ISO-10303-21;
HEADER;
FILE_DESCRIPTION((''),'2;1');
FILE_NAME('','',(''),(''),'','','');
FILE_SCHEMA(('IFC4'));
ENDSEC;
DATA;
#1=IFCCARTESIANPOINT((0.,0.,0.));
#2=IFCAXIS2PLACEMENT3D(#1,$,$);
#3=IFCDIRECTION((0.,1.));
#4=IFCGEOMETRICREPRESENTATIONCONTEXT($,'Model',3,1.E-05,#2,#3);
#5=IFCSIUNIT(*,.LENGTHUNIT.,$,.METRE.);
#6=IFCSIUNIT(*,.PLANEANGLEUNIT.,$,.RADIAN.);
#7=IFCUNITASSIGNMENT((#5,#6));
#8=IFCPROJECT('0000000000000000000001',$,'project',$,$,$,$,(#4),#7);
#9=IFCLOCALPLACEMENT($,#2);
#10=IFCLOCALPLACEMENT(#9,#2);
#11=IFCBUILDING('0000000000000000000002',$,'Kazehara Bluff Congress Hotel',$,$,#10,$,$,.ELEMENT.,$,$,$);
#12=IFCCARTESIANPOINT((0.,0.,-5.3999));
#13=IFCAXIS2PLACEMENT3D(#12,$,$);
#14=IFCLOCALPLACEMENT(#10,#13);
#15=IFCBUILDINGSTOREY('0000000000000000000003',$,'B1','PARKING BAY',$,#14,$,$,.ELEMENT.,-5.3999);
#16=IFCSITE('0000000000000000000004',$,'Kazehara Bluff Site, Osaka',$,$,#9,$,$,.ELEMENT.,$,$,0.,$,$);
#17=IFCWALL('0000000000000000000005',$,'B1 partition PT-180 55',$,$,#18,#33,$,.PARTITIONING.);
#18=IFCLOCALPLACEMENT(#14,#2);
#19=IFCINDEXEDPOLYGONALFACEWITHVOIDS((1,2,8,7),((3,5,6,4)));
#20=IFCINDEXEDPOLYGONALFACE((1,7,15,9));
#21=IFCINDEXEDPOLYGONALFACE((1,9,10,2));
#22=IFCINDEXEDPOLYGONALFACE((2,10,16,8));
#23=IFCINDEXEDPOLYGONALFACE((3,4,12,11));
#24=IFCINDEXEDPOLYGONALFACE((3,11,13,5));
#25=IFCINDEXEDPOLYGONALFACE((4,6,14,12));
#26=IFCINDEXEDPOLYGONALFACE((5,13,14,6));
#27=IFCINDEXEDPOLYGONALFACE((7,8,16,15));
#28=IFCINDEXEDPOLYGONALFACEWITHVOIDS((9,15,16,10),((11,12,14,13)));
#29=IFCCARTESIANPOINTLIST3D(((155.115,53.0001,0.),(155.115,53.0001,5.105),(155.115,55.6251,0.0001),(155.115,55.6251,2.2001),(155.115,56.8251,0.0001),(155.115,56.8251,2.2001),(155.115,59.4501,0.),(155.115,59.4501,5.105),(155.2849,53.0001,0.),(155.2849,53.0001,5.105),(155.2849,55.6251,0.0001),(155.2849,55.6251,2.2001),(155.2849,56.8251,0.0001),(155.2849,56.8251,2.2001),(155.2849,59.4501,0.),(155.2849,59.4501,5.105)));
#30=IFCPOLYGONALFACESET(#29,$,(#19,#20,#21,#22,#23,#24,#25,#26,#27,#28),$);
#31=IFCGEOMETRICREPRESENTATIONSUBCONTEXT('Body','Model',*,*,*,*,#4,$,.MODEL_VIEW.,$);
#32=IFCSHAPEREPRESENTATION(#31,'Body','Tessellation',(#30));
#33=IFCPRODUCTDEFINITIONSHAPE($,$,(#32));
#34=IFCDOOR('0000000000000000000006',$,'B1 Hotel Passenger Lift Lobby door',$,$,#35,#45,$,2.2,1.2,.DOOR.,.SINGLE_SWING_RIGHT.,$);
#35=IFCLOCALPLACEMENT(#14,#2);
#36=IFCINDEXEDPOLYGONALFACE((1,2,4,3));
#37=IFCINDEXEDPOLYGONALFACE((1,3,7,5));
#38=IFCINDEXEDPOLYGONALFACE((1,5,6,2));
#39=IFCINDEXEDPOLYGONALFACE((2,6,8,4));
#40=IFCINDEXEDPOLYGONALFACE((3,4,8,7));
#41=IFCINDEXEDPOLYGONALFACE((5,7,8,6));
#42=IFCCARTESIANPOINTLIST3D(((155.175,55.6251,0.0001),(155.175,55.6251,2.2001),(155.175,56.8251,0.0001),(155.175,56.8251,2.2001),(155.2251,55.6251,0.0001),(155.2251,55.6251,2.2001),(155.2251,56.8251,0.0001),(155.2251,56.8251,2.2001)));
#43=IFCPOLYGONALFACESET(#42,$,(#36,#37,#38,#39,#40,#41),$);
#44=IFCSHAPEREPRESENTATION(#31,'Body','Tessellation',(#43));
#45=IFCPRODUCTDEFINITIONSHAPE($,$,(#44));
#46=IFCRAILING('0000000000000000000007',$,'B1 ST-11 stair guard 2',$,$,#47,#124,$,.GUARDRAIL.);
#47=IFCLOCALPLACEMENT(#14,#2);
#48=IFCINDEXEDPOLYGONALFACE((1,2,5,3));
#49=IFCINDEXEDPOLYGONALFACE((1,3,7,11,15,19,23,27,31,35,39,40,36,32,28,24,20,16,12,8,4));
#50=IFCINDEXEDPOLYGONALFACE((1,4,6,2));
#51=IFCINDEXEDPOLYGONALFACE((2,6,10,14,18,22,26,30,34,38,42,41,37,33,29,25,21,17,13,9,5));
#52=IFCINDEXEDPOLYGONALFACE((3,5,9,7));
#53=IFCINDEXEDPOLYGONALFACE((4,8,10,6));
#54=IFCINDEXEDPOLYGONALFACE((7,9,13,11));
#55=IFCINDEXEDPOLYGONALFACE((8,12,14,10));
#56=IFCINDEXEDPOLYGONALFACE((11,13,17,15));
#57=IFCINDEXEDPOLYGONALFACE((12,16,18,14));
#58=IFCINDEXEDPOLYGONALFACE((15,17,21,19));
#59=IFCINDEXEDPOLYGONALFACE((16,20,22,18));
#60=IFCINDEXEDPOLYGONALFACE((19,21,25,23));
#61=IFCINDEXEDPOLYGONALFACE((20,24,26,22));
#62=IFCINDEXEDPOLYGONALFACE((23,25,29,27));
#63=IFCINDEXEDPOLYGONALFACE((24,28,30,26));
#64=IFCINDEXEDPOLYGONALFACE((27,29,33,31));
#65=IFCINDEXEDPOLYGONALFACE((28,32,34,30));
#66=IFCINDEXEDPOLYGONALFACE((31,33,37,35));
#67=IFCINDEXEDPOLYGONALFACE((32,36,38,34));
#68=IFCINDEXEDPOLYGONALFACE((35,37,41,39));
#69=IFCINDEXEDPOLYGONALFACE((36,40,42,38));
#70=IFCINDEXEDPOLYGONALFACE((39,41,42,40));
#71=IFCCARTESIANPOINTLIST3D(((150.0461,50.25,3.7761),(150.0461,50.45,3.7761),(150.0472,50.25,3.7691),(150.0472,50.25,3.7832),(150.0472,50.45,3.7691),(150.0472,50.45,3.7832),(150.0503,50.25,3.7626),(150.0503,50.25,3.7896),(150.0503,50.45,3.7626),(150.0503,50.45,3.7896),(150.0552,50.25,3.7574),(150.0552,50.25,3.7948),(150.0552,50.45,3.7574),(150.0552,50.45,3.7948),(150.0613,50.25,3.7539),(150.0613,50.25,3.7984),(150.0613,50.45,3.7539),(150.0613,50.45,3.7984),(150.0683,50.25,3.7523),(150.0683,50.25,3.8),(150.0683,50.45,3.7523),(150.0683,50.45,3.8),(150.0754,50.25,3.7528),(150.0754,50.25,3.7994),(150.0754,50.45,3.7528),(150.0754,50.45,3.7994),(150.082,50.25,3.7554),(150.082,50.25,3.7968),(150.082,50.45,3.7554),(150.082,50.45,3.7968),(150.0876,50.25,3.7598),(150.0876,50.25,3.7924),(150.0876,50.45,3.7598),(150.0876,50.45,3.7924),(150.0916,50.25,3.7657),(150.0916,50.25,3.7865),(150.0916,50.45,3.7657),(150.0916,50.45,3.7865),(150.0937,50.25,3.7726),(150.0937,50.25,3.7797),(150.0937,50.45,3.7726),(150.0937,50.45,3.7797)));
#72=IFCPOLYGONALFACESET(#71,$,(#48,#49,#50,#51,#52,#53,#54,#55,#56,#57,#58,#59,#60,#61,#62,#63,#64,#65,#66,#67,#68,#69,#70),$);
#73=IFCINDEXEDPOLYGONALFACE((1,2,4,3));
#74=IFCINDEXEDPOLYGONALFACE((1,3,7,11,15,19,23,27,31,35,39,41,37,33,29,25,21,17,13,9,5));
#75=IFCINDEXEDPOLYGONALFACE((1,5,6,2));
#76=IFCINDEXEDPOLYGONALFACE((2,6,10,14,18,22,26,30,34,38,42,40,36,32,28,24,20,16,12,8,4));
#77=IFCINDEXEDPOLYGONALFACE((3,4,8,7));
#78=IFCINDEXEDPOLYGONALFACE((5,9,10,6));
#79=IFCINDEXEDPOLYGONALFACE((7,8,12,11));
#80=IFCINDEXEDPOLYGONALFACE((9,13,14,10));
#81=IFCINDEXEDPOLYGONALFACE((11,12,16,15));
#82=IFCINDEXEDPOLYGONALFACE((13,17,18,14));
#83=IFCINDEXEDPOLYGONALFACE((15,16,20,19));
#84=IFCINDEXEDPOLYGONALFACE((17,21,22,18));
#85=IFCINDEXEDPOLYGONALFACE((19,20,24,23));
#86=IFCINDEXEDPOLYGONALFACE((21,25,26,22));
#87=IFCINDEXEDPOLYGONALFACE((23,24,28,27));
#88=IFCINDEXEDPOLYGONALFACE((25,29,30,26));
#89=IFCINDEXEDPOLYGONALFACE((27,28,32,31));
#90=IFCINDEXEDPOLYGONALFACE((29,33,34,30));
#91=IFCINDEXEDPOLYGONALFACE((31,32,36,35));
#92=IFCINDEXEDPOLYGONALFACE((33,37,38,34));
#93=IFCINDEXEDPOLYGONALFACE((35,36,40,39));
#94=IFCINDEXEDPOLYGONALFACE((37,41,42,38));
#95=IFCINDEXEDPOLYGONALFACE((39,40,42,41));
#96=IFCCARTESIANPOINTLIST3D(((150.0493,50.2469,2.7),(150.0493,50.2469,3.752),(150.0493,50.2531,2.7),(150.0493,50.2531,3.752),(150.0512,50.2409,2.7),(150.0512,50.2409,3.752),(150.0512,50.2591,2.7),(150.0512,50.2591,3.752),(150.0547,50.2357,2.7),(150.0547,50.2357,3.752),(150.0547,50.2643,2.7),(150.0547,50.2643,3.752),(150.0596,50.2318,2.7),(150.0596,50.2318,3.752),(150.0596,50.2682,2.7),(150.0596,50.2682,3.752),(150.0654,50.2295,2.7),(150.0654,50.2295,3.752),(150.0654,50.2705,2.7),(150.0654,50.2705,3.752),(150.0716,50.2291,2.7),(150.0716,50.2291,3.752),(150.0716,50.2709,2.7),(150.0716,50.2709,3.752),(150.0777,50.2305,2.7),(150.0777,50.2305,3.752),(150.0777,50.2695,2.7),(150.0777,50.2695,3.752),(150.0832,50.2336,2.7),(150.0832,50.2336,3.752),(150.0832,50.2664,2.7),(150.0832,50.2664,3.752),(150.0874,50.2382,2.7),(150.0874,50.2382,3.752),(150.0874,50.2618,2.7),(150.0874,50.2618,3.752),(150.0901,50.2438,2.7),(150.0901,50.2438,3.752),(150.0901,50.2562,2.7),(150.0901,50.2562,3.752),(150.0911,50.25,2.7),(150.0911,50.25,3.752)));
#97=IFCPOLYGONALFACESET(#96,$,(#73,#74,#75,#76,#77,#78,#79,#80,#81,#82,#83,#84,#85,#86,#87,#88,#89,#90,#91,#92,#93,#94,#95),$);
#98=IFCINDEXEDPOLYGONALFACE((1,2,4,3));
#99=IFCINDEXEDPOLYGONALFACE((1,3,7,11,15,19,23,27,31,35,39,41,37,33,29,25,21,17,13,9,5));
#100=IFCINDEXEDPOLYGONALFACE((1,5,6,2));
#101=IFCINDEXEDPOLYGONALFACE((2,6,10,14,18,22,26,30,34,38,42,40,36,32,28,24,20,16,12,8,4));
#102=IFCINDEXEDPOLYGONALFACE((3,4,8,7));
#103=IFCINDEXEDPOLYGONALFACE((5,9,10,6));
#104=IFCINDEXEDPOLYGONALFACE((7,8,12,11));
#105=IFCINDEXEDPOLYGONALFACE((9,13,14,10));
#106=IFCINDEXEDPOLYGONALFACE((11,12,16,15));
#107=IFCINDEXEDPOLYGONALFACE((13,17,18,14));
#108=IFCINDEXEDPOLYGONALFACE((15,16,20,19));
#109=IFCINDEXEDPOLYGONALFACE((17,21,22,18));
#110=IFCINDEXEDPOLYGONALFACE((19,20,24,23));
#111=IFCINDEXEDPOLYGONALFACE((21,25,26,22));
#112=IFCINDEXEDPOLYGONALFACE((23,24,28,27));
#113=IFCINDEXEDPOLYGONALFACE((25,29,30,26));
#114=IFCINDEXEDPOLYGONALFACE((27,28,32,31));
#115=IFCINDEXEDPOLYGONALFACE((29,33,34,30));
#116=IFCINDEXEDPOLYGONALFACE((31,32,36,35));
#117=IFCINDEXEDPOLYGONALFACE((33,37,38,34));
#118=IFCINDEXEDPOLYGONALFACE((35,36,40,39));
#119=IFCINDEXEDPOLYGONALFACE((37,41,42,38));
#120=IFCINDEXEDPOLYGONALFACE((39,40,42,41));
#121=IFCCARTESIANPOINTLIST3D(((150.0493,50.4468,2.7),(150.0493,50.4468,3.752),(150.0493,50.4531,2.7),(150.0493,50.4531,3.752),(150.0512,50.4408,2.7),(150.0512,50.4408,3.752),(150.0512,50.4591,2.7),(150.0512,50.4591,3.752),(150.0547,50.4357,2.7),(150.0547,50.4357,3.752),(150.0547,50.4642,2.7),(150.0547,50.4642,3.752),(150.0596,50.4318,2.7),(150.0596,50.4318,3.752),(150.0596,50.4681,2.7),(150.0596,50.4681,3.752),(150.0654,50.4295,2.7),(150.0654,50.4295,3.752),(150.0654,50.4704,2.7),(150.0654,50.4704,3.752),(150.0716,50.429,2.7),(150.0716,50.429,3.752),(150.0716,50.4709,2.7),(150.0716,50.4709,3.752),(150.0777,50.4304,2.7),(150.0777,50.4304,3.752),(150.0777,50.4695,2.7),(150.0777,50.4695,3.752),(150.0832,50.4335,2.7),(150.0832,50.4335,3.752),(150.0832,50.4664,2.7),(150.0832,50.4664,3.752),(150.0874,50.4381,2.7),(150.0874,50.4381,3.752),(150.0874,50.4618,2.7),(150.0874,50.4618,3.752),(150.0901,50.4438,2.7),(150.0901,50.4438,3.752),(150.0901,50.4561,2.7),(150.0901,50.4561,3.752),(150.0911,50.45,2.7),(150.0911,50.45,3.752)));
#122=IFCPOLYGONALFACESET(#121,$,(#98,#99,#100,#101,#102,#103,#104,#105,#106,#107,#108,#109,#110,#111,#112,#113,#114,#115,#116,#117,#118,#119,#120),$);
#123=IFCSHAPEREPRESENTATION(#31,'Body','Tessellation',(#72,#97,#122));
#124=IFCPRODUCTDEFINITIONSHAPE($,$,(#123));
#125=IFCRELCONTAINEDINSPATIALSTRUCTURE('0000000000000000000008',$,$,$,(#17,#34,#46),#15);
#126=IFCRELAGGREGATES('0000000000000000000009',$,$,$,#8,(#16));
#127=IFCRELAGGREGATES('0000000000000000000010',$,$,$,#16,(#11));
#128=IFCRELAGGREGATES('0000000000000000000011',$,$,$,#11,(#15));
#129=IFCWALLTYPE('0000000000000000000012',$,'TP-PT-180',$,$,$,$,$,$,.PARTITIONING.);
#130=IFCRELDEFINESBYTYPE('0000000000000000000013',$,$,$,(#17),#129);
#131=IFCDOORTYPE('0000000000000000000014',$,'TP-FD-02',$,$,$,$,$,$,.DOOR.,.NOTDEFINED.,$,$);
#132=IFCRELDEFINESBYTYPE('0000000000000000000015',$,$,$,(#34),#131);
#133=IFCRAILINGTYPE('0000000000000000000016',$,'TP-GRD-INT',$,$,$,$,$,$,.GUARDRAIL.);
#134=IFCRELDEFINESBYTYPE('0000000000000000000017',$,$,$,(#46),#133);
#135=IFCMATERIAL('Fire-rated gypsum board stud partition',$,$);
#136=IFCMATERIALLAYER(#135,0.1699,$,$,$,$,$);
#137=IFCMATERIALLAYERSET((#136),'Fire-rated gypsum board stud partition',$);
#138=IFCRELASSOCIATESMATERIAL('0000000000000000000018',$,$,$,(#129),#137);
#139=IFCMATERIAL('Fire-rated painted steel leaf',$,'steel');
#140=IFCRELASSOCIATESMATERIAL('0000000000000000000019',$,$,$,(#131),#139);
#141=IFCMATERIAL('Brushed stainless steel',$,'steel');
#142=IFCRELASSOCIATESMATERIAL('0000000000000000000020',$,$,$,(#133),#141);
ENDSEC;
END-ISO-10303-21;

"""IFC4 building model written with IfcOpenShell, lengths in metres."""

from ifc_helpers import new_model, si_unit, direction, frame, frame_2d, origin, origin_2d, place, context, subcontext, project, spatial, rectangle, circle, extrude, material, layer, layer_set, type_object, element, fill, save


model = new_model("IFC4")

# Units and contexts
model_context = context("Model", 3, precision=1e-05, world=origin(), true_north=direction((0.0, 1.0)))
body_context = subcontext(model_context, "Body", "Model", "MODEL_VIEW")
ifc_project = project(units=[si_unit("LENGTHUNIT", "METRE"), si_unit("PLANEANGLEUNIT", "RADIAN")], contexts=[model_context])

# Site, building, storey
site_placement = place(None, origin())
site = spatial("IfcSite", under=ifc_project, at=site_placement, Name="Kazehara Bluff Site, Osaka", CompositionType="ELEMENT", RefElevation=0.0)
building_placement = place(site_placement, origin())
building = spatial("IfcBuilding", under=site, at=building_placement, Name="Kazehara Bluff Congress Hotel", CompositionType="ELEMENT")
storey_placement = place(building_placement, frame((0.0, 0.0, -5.3999)))
storey = spatial("IfcBuildingStorey", under=building, at=storey_placement, Name="B1", Description="PARKING BAY", CompositionType="ELEMENT", Elevation=-5.3999)

# Wall, opening, door
ifc_material_1 = material(Name="Fire-rated gypsum board stud partition")
ifc_layer_1 = layer(ifc_material_1, 0.1699)
ifc_layer_set_1 = layer_set([ifc_layer_1], Name="Fire-rated gypsum board stud partition")
wall_type_1 = type_object("IfcWallType", Name="TP-PT-180", PredefinedType="PARTITIONING", material=ifc_layer_set_1)
wall_1_placement = place(storey_placement, frame((155.2, 53.0, 0.0), z_axis=(0.0, 0.0, 1.0), x_axis=(0.0, 1.0, 0.0)))
wall_1 = element("IfcWall", 1, at=wall_1_placement, inside=storey, type_object=wall_type_1, Name="B1 partition PT-180 55", PredefinedType="PARTITIONING", context=body_context, shape_type="SweptSolid", body=[
    extrude(rectangle(XDim=6.45, YDim=0.1699, at=frame_2d((3.2251, 0.0))), origin(), (0.0, 0.0, 1.0), 5.105),
])
opening_1_placement = place(wall_1_placement, frame((2.625, 0.0, 0.0)))
opening_1 = element("IfcOpeningElement", 2, at=opening_1_placement, cuts=wall_1, PredefinedType="OPENING", context=body_context, shape_type="SweptSolid", body=[
    extrude(rectangle(XDim=1.2, YDim=2.2, at=frame_2d((0.6001, 1.1001))), frame((0.0, 0.095, 0.0), z_axis=(0.0, -1.0, 0.0), x_axis=(1.0, 0.0, 0.0)), (0.0, 0.0, 1.0), 0.1899),
])
ifc_material_2 = material(Name="Fire-rated painted steel leaf", Category="steel")
door_type_1 = type_object("IfcDoorType", Name="TP-FD-02", OperationType="NOTDEFINED", PredefinedType="DOOR", material=ifc_material_2)
door_1_placement = place(opening_1_placement, origin())
door_1 = element("IfcDoor", 3, at=door_1_placement, inside=storey, type_object=door_type_1, Name="B1 Hotel Passenger Lift Lobby door", OperationType="SINGLE_SWING_RIGHT", OverallHeight=2.2, OverallWidth=1.2, PredefinedType="DOOR", context=body_context, shape_type="SweptSolid", body=[
    extrude(rectangle(XDim=1.2, YDim=2.2, at=frame_2d((0.6001, 1.1001))), frame((0.0, 0.0249, 0.0), z_axis=(0.0, -1.0, 0.0), x_axis=(1.0, 0.0, 0.0)), (0.0, 0.0, 1.0), 0.05),
])
fill(opening_1, door_1)

# Railing
ifc_material_3 = material(Name="Brushed stainless steel", Category="steel")
railing_type_1 = type_object("IfcRailingType", Name="TP-GRD-INT", PredefinedType="GUARDRAIL", material=ifc_material_3)
railing_1_placement = place(storey_placement, frame((150.0701, 50.25, 2.7)))
element("IfcRailing", 4, at=railing_1_placement, inside=storey, type_object=railing_type_1, Name="B1 ST-11 stair guard 2", PredefinedType="GUARDRAIL", context=body_context, shape_type="SweptSolid", body=[
    extrude(circle(Radius=0.0239, at=origin_2d()), frame((0.0, 0.0, 1.0762), z_axis=(0.0, 1.0, 0.0), x_axis=(-1.0, 0.0, 0.0)), (0.0, 0.0, 1.0), 0.2),
    extrude(circle(Radius=0.021, at=origin_2d()), origin(), (0.0, 0.0, 1.0), 1.052),
    extrude(circle(Radius=0.021, at=origin_2d()), frame((0.0, 0.2, 0.0)), (0.0, 0.0, 1.0), 1.052),
])

save(model, "model.ifc")
